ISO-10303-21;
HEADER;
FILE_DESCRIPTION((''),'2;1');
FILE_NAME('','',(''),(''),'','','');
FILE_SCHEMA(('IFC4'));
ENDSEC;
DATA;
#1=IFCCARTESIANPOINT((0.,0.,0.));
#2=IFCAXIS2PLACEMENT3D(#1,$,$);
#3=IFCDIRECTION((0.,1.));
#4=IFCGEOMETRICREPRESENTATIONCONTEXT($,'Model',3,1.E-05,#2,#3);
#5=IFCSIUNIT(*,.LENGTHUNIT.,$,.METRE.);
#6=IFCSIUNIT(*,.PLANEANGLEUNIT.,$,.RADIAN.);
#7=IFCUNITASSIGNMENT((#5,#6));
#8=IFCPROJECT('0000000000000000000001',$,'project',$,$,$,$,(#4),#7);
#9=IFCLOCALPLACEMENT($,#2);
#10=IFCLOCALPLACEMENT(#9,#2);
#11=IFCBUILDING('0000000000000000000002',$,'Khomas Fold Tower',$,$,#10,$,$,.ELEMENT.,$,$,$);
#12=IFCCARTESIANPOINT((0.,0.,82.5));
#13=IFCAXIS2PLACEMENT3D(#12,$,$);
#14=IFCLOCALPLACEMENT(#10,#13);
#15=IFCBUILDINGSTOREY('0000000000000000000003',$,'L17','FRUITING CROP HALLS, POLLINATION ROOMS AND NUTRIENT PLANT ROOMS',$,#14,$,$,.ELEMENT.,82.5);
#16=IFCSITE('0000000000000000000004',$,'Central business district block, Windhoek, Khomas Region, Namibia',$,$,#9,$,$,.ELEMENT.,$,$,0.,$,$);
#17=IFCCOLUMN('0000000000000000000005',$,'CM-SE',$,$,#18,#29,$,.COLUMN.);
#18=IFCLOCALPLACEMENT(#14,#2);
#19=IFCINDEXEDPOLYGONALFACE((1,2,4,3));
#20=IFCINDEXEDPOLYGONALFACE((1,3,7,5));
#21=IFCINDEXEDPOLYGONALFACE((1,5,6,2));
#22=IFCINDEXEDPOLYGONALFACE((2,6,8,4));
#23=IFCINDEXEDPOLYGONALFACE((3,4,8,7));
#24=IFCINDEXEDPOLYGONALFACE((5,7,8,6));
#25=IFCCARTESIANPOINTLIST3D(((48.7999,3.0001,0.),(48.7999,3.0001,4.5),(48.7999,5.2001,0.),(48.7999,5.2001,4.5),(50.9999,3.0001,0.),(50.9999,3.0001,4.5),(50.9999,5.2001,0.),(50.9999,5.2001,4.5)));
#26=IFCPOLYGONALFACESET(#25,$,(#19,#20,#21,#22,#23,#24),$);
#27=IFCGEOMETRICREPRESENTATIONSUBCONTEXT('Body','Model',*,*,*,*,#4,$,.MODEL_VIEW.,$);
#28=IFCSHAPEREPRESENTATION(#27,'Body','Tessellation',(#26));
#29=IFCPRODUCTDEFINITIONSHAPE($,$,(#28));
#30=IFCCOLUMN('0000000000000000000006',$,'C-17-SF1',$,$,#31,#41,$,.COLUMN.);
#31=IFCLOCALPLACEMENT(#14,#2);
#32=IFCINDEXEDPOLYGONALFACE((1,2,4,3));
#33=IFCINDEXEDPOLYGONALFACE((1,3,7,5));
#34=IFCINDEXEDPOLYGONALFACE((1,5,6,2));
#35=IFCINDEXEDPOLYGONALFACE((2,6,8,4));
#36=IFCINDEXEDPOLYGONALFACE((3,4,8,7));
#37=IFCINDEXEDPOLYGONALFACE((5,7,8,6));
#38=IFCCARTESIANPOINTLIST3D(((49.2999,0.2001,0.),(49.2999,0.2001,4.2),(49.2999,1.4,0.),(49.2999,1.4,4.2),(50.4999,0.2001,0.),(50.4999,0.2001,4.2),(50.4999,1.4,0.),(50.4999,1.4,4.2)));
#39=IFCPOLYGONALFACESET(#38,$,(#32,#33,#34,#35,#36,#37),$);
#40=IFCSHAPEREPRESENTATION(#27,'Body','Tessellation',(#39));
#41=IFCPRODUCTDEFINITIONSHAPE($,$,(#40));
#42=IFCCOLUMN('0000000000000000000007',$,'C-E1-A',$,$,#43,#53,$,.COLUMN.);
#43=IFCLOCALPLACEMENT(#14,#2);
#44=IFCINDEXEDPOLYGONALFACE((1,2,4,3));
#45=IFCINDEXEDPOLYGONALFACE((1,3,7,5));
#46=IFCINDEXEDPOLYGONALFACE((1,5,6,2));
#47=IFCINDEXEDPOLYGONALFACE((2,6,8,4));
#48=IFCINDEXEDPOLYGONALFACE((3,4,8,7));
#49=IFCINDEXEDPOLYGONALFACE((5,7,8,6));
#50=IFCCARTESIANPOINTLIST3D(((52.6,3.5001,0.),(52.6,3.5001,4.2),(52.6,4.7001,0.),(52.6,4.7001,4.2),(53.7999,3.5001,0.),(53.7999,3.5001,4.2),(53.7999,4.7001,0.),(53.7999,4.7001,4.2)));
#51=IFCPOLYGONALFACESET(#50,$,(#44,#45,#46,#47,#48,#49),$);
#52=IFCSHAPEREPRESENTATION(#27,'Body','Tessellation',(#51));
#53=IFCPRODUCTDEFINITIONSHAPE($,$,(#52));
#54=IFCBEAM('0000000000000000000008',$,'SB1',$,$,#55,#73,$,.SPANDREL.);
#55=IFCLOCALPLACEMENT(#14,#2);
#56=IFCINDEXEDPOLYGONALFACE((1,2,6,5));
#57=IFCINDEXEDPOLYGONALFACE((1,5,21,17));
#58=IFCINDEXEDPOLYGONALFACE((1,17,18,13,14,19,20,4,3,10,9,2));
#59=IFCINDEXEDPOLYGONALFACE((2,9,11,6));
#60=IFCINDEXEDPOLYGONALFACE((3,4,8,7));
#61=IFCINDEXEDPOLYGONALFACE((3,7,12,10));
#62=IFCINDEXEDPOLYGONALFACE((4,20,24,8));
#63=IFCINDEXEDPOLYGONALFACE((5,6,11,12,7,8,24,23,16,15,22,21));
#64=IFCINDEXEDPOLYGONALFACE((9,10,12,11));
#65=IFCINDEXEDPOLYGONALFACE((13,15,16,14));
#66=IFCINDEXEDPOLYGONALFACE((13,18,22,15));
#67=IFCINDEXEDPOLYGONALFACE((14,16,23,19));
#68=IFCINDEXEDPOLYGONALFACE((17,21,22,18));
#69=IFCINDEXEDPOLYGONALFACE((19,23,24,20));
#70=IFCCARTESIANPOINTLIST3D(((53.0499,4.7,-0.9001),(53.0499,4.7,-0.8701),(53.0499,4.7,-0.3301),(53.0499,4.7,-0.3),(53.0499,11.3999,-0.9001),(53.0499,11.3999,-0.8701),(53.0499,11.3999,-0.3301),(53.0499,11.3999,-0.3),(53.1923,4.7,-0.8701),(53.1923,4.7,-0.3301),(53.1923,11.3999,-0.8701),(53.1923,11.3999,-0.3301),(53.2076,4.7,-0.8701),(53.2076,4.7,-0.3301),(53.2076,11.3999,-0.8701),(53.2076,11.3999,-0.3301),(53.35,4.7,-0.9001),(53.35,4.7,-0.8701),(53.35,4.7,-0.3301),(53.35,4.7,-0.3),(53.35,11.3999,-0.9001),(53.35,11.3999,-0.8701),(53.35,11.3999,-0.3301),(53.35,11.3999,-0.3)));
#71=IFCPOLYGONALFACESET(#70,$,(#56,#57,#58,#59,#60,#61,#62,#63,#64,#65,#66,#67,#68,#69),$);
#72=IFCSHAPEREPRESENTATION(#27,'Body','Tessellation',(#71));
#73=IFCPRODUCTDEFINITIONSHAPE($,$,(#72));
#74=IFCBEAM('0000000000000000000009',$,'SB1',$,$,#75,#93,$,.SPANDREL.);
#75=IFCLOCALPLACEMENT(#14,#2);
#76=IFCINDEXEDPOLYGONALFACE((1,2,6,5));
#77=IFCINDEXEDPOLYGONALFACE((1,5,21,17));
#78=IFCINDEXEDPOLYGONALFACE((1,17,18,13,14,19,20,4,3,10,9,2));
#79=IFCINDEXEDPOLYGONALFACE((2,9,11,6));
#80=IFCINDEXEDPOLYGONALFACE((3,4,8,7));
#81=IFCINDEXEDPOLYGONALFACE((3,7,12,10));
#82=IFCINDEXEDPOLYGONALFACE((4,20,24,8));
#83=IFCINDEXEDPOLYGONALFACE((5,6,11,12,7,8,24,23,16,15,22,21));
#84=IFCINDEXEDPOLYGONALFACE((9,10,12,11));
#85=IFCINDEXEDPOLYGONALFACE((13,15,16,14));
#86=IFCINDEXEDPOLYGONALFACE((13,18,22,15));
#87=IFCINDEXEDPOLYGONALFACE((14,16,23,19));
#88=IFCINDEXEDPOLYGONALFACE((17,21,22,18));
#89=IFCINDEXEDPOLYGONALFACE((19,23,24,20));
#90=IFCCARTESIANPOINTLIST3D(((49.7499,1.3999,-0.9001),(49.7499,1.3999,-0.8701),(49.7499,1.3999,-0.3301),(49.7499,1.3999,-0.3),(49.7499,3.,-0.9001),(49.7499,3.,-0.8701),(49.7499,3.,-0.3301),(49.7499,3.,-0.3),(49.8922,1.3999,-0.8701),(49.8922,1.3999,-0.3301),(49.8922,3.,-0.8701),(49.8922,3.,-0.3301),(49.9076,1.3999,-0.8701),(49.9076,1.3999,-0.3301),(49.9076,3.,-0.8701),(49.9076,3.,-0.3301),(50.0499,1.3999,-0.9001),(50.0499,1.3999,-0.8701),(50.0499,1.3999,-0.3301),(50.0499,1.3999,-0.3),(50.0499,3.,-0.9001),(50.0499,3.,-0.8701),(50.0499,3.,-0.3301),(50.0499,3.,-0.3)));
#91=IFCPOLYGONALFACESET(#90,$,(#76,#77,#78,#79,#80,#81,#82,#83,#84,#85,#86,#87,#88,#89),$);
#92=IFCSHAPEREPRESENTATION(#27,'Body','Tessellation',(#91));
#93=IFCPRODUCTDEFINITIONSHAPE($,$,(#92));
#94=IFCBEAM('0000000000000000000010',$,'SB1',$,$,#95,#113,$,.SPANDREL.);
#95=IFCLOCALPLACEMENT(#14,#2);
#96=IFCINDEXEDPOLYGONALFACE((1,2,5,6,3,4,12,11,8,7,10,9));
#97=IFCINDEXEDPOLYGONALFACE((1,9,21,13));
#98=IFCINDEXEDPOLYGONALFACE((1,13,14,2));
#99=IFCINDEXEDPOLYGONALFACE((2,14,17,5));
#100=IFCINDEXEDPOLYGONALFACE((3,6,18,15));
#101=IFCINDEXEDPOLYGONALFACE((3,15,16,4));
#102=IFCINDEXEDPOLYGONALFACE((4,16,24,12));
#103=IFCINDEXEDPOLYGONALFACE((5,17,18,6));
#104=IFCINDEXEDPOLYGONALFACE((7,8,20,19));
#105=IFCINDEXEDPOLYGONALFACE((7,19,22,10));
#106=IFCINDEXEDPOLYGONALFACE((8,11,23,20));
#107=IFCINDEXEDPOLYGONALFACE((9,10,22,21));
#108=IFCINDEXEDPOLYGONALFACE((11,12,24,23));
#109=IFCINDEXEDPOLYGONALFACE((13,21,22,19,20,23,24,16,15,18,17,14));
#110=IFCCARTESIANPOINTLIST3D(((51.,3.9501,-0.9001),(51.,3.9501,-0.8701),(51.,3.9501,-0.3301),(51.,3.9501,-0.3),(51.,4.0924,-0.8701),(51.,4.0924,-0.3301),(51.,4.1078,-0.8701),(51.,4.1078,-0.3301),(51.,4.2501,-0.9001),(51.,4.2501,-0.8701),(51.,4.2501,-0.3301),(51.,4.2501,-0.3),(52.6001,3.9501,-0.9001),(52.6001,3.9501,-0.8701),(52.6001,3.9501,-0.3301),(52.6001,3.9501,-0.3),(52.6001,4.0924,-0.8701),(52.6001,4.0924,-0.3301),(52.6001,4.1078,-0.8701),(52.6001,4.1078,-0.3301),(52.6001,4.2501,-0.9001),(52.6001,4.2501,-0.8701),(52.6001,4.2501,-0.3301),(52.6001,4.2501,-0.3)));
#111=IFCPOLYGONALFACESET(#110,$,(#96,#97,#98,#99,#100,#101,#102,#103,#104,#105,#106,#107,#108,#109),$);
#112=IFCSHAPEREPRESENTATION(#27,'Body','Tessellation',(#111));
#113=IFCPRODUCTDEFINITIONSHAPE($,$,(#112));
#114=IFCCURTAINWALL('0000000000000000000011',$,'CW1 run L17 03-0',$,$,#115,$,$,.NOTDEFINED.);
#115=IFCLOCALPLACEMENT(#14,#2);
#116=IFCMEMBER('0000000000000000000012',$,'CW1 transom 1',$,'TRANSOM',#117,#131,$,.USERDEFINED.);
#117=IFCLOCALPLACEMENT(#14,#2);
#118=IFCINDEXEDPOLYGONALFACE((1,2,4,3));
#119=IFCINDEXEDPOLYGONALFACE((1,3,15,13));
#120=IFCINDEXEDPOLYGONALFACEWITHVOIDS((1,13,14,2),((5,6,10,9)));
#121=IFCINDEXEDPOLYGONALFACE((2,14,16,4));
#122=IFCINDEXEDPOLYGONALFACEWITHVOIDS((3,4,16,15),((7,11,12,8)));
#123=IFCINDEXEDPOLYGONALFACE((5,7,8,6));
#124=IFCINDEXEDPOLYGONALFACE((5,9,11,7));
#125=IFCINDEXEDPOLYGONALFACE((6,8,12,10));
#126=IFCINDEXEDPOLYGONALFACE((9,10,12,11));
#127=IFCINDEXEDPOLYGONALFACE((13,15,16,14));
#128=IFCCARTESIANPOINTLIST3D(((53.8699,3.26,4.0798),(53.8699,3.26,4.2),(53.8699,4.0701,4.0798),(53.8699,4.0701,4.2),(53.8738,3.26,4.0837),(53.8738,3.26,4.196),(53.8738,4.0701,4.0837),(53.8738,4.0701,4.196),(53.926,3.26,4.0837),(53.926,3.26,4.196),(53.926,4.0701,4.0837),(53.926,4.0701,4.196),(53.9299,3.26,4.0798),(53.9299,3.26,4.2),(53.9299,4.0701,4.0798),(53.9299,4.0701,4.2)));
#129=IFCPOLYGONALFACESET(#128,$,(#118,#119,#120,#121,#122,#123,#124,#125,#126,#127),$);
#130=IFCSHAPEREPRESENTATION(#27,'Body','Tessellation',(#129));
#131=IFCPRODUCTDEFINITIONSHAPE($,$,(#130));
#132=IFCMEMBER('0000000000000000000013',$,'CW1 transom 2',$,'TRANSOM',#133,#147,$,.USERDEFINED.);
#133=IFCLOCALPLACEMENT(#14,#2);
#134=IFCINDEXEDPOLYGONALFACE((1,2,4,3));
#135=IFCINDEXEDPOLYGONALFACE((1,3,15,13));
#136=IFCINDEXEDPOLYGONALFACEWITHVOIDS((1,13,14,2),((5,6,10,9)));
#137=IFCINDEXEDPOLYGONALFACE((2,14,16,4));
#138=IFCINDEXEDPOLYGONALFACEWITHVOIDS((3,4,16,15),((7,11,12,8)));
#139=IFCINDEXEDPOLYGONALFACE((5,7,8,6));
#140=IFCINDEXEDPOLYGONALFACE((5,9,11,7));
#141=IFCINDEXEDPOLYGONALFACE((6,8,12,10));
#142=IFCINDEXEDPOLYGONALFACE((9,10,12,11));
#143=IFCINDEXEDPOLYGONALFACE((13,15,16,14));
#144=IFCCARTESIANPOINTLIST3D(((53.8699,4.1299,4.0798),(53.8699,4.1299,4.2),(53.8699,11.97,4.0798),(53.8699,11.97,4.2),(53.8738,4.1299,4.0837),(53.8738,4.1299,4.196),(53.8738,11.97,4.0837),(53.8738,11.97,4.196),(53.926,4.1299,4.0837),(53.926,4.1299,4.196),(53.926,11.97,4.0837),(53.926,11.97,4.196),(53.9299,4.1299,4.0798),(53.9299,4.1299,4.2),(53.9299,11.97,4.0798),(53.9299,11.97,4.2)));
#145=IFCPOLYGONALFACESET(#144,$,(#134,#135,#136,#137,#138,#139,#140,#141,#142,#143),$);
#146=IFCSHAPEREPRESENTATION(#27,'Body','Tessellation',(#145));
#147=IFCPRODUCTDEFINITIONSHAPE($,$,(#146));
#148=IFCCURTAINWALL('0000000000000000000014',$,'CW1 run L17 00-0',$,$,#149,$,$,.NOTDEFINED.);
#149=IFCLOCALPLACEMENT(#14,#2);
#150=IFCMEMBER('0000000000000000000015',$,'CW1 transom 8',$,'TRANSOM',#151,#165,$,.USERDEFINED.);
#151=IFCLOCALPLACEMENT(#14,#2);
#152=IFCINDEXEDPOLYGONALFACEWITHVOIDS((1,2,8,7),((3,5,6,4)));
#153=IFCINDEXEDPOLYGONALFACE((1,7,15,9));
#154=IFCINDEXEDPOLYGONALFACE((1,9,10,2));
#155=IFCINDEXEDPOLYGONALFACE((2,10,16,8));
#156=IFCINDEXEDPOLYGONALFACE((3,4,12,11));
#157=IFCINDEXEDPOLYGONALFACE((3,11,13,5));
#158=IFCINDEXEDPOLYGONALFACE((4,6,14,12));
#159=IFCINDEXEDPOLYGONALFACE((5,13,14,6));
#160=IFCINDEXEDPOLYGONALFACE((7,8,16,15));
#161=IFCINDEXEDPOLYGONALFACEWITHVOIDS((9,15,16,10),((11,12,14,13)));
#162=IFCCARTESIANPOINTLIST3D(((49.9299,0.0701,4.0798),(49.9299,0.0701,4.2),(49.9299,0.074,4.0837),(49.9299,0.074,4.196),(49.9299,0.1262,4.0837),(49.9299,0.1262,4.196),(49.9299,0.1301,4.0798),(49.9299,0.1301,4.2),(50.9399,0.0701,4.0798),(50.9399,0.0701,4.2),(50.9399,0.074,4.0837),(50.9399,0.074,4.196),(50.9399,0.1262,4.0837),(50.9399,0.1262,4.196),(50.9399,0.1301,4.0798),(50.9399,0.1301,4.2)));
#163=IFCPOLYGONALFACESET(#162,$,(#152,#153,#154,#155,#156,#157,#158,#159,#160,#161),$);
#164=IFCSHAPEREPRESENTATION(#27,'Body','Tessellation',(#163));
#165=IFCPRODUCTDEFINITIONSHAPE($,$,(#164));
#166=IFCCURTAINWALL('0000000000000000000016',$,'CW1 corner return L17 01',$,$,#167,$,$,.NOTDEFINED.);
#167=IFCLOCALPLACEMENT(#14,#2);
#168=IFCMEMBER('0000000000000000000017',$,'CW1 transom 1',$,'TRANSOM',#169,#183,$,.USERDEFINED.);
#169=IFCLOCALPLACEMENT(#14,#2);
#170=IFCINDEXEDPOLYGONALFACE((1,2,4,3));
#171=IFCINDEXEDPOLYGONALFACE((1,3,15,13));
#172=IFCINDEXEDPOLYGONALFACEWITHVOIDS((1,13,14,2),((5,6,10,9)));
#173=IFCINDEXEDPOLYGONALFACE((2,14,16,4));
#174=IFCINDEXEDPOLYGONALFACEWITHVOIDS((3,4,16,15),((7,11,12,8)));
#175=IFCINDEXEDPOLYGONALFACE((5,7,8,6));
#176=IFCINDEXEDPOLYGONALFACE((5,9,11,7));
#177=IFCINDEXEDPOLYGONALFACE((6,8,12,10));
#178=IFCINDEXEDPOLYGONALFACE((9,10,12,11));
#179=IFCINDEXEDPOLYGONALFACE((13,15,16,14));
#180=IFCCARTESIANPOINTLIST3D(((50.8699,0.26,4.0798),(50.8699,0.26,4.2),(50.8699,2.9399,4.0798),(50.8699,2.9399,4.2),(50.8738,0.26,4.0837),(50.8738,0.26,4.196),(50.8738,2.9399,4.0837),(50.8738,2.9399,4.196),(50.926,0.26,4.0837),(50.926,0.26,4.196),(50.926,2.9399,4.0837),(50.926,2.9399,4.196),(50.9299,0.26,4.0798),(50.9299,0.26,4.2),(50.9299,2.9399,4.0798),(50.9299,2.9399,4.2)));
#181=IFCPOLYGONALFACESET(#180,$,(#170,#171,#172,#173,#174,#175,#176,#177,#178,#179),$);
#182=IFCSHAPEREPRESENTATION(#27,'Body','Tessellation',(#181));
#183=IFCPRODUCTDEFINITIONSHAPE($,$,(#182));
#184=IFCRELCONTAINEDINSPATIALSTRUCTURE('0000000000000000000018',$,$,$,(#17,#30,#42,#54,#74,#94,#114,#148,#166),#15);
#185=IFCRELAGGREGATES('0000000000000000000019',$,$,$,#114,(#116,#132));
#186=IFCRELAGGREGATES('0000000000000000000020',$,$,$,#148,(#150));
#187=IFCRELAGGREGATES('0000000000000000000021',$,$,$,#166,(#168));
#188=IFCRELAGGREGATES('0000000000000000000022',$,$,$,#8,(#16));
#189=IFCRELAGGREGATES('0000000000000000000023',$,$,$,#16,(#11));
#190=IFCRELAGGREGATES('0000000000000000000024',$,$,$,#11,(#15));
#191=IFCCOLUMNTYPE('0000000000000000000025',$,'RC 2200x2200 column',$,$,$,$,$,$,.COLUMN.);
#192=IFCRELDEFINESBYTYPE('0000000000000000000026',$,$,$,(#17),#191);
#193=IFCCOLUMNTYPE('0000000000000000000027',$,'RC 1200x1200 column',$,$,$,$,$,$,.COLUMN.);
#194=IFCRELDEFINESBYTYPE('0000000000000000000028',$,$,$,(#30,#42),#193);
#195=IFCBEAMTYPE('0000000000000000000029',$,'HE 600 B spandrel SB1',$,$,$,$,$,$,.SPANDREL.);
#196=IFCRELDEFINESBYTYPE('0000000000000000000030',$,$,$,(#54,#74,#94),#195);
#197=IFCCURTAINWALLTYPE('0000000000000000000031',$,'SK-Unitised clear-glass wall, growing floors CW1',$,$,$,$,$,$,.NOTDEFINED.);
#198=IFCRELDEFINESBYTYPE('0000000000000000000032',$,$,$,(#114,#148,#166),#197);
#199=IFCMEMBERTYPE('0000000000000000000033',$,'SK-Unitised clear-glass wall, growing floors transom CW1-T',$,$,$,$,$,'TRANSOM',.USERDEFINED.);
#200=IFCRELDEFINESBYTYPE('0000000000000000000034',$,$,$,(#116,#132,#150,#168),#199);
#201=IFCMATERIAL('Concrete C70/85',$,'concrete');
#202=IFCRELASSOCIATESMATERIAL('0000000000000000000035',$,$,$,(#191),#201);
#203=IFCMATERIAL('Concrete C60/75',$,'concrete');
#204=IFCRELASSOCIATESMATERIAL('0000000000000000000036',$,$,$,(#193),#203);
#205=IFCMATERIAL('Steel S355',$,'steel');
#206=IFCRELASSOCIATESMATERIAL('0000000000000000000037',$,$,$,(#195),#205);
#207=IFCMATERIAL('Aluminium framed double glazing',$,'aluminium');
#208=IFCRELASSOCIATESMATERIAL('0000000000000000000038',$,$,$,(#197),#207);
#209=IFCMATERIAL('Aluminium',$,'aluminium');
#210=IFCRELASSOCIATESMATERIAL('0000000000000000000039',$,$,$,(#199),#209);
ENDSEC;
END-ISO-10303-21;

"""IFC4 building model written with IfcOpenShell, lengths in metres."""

from ifc_helpers import new_model, si_unit, direction, frame, origin, origin_2d, place, context, subcontext, project, spatial, rectangle, hollow_rectangle, i_section, extrude, source, transform, mapped, material, material_profile, profile_set, type_object, element, aggregate, save


model = new_model("IFC4")

# Units and contexts
model_context = context("Model", 3, precision=1e-05, world=origin(), true_north=direction((0.0, 1.0)))
body_context = subcontext(model_context, "Body", "Model", "MODEL_VIEW")
ifc_project = project(units=[si_unit("LENGTHUNIT", "METRE"), si_unit("PLANEANGLEUNIT", "RADIAN")], contexts=[model_context])

# Site, building, storey
site_placement = place(None, origin())
site = spatial("IfcSite", under=ifc_project, at=site_placement, Name="Central business district block, Windhoek, Khomas Region, Namibia", CompositionType="ELEMENT", RefElevation=0.0)
building_placement = place(site_placement, origin())
building = spatial("IfcBuilding", under=site, at=building_placement, Name="Khomas Fold Tower", CompositionType="ELEMENT")
storey_placement = place(building_placement, frame((0.0, 0.0, 82.5)))
storey = spatial("IfcBuildingStorey", under=building, at=storey_placement, Name="L17", Description="FRUITING CROP HALLS, POLLINATION ROOMS AND NUTRIENT PLANT ROOMS", CompositionType="ELEMENT", Elevation=82.5)

# Columns
ifc_material_1 = material(Name="Concrete C70/85", Category="concrete")
ifc_material_profile_1 = material_profile(ifc_material_1, rectangle(XDim=2.2, YDim=2.2, at=origin_2d()), Name="RC 2200x2200")
ifc_profile_set_1 = profile_set([ifc_material_profile_1], Name="Concrete C70/85")
column_type_1 = type_object("IfcColumnType", Name="RC 2200x2200 column", PredefinedType="COLUMN", material=ifc_profile_set_1)
shared_shape_1 = source(origin(), body_context, "Body", "SweptSolid", [
    extrude(rectangle(XDim=2.2, YDim=2.2, at=origin_2d()), origin(), (0.0, 0.0, 1.0), 4.5),
])
column_placement = place(storey_placement, frame((49.8999, 4.1001, 0.0), z_axis=(0.0, 0.0, 1.0), x_axis=(1.0, 0.0, 0.0)))
element("IfcColumn", 1, at=column_placement, inside=storey, type_object=column_type_1, Name="CM-SE", PredefinedType="COLUMN", context=body_context, shape_type="MappedRepresentation", body=[
    mapped(shared_shape_1, transform((0.0, 0.0, 0.0))),
])
ifc_material_2 = material(Name="Concrete C60/75", Category="concrete")
ifc_material_profile_2 = material_profile(ifc_material_2, rectangle(XDim=1.2, YDim=1.2, at=origin_2d()), Name="RC 1200x1200")
ifc_profile_set_2 = profile_set([ifc_material_profile_2], Name="Concrete C60/75")
column_type_2 = type_object("IfcColumnType", Name="RC 1200x1200 column", PredefinedType="COLUMN", material=ifc_profile_set_2)
shared_shape_2 = source(origin(), body_context, "Body", "SweptSolid", [
    extrude(rectangle(XDim=1.2, YDim=1.2, at=origin_2d()), origin(), (0.0, 0.0, 1.0), 4.2),
])
for number, where, z_axis, x_axis, name in (
    (2, (49.8999, 0.8, 0.0), (0.0, 0.0, 1.0), (1.0, 0.0, 0.0), "C-17-SF1"),
    (3, (53.2, 4.1001, 0.0), (0.0, 0.0, 1.0), (1.0, 0.0, 0.0), "C-E1-A"),
):
    element("IfcColumn", number, at=place(storey_placement, frame(where, z_axis=z_axis, x_axis=x_axis)), inside=storey, type_object=column_type_2, Name=name, PredefinedType="COLUMN", context=body_context, shape_type="MappedRepresentation", body=[
        mapped(shared_shape_2, transform((0.0, 0.0, 0.0))),
    ])

# Beams
ifc_material_3 = material(Name="Steel S355", Category="steel")
ifc_material_profile_3 = material_profile(ifc_material_3, i_section(OverallWidth=0.3, OverallDepth=0.6001, WebThickness=0.0154, FlangeThickness=0.03, at=origin_2d()), Name="HE 600 B")
ifc_profile_set_3 = profile_set([ifc_material_profile_3], Name="Steel S355")
beam_type = type_object("IfcBeamType", Name="HE 600 B spandrel SB1", PredefinedType="SPANDREL", material=ifc_profile_set_3)
shared_shape_3 = source(origin(), body_context, "Body", "SweptSolid", [
    extrude(i_section(OverallWidth=0.3, OverallDepth=0.6001, WebThickness=0.0154, FlangeThickness=0.03, at=origin_2d()), origin(), (0.0, 0.0, 1.0), 6.7),
])
beam_placement = place(storey_placement, frame((53.2, 4.7, -0.6001), z_axis=(0.0, 1.0, 0.0), x_axis=(-1.0, 0.0, 0.0)))
element("IfcBeam", 4, at=beam_placement, inside=storey, type_object=beam_type, Name="SB1", PredefinedType="SPANDREL", context=body_context, shape_type="MappedRepresentation", body=[
    mapped(shared_shape_3, transform((0.0, 0.0, 0.0))),
])
shared_shape_4 = source(origin(), body_context, "Body", "SweptSolid", [
    extrude(i_section(OverallWidth=0.3, OverallDepth=0.6001, WebThickness=0.0154, FlangeThickness=0.03, at=origin_2d()), origin(), (0.0, 0.0, 1.0), 1.6001),
])
for number, where, z_axis, x_axis, name in (
    (5, (49.8999, 1.3999, -0.6001), (0.0, 1.0, 0.0), (-1.0, 0.0, 0.0), "SB1"),
    (6, (51.0, 4.1001, -0.6001), (1.0, 0.0, 0.0), (0.0, 1.0, 0.0), "SB1"),
):
    element("IfcBeam", number, at=place(storey_placement, frame(where, z_axis=z_axis, x_axis=x_axis)), inside=storey, type_object=beam_type, Name=name, PredefinedType="SPANDREL", context=body_context, shape_type="MappedRepresentation", body=[
        mapped(shared_shape_4, transform((0.0, 0.0, 0.0))),
    ])

# Curtain wall, members
ifc_material_4 = material(Name="Aluminium framed double glazing", Category="aluminium")
curtain_wall_type = type_object("IfcCurtainWallType", Name="SK-Unitised clear-glass wall, growing floors CW1", PredefinedType="NOTDEFINED", material=ifc_material_4)
curtain_wall_1_placement = place(storey_placement, origin())
curtain_wall_1 = element("IfcCurtainWall", 7, at=curtain_wall_1_placement, inside=storey, type_object=curtain_wall_type, Name="CW1 run L17 03-0", PredefinedType="NOTDEFINED")
ifc_material_5 = material(Name="Aluminium", Category="aluminium")
ifc_material_profile_4 = material_profile(ifc_material_5, hollow_rectangle(XDim=0.0601, YDim=0.1201, WallThickness=0.0039, at=origin_2d()), Name="SK-Unitised clear-glass wall, growing floors transom CW1-T")
ifc_profile_set_4 = profile_set([ifc_material_profile_4], Name="Aluminium")
member_type_1 = type_object("IfcMemberType", Name="SK-Unitised clear-glass wall, growing floors transom CW1-T", ElementType="TRANSOM", PredefinedType="USERDEFINED", material=ifc_profile_set_4)
shared_shape_5 = source(origin(), body_context, "Body", "SweptSolid", [
    extrude(hollow_rectangle(XDim=0.0601, YDim=0.1201, WallThickness=0.0039, at=origin_2d()), origin(), (0.0, 0.0, 1.0), 0.8101),
])
member_1_placement = place(storey_placement, frame((53.8999, 3.26, 4.1399), z_axis=(0.0, 1.0, 0.0), x_axis=(-1.0, 0.0, 0.0)))
member_1 = element("IfcMember", 8, at=member_1_placement, type_object=member_type_1, Name="CW1 transom 1", ObjectType="TRANSOM", PredefinedType="USERDEFINED", context=body_context, shape_type="MappedRepresentation", body=[
    mapped(shared_shape_5, transform((0.0, 0.0, 0.0))),
])
shared_shape_6 = source(origin(), body_context, "Body", "SweptSolid", [
    extrude(hollow_rectangle(XDim=0.0601, YDim=0.1201, WallThickness=0.0039, at=origin_2d()), origin(), (0.0, 0.0, 1.0), 7.8401),
])
member_2_placement = place(storey_placement, frame((53.8999, 4.1299, 4.1399), z_axis=(0.0, 1.0, 0.0), x_axis=(-1.0, 0.0, 0.0)))
member_2 = element("IfcMember", 9, at=member_2_placement, type_object=member_type_1, Name="CW1 transom 2", ObjectType="TRANSOM", PredefinedType="USERDEFINED", context=body_context, shape_type="MappedRepresentation", body=[
    mapped(shared_shape_6, transform((0.0, 0.0, 0.0))),
])

# Curtain walls, members
curtain_wall_2_placement = place(storey_placement, origin())
curtain_wall_2 = element("IfcCurtainWall", 10, at=curtain_wall_2_placement, inside=storey, type_object=curtain_wall_type, Name="CW1 run L17 00-0", PredefinedType="NOTDEFINED")
shared_shape_7 = source(origin(), body_context, "Body", "SweptSolid", [
    extrude(hollow_rectangle(XDim=0.0601, YDim=0.1201, WallThickness=0.0039, at=origin_2d()), origin(), (0.0, 0.0, 1.0), 1.01),
])
member_3_placement = place(storey_placement, frame((49.9299, 0.1001, 4.1399), z_axis=(1.0, 0.0, 0.0), x_axis=(0.0, 1.0, 0.0)))
member_3 = element("IfcMember", 11, at=member_3_placement, type_object=member_type_1, Name="CW1 transom 8", ObjectType="TRANSOM", PredefinedType="USERDEFINED", context=body_context, shape_type="MappedRepresentation", body=[
    mapped(shared_shape_7, transform((0.0, 0.0, 0.0))),
])
curtain_wall_3_placement = place(storey_placement, origin())
curtain_wall_3 = element("IfcCurtainWall", 12, at=curtain_wall_3_placement, inside=storey, type_object=curtain_wall_type, Name="CW1 corner return L17 01", PredefinedType="NOTDEFINED")
shared_shape_8 = source(origin(), body_context, "Body", "SweptSolid", [
    extrude(hollow_rectangle(XDim=0.0601, YDim=0.1201, WallThickness=0.0039, at=origin_2d()), origin(), (0.0, 0.0, 1.0), 2.6799),
])
member_4_placement = place(storey_placement, frame((50.8999, 0.26, 4.1399), z_axis=(0.0, 1.0, 0.0), x_axis=(-1.0, 0.0, 0.0)))
member_4 = element("IfcMember", 13, at=member_4_placement, type_object=member_type_1, Name="CW1 transom 1", ObjectType="TRANSOM", PredefinedType="USERDEFINED", context=body_context, shape_type="MappedRepresentation", body=[
    mapped(shared_shape_8, transform((0.0, 0.0, 0.0))),
])

aggregate(curtain_wall_1, [member_1, member_2])
aggregate(curtain_wall_2, [member_3])
aggregate(curtain_wall_3, [member_4])

save(model, "model.ifc")
